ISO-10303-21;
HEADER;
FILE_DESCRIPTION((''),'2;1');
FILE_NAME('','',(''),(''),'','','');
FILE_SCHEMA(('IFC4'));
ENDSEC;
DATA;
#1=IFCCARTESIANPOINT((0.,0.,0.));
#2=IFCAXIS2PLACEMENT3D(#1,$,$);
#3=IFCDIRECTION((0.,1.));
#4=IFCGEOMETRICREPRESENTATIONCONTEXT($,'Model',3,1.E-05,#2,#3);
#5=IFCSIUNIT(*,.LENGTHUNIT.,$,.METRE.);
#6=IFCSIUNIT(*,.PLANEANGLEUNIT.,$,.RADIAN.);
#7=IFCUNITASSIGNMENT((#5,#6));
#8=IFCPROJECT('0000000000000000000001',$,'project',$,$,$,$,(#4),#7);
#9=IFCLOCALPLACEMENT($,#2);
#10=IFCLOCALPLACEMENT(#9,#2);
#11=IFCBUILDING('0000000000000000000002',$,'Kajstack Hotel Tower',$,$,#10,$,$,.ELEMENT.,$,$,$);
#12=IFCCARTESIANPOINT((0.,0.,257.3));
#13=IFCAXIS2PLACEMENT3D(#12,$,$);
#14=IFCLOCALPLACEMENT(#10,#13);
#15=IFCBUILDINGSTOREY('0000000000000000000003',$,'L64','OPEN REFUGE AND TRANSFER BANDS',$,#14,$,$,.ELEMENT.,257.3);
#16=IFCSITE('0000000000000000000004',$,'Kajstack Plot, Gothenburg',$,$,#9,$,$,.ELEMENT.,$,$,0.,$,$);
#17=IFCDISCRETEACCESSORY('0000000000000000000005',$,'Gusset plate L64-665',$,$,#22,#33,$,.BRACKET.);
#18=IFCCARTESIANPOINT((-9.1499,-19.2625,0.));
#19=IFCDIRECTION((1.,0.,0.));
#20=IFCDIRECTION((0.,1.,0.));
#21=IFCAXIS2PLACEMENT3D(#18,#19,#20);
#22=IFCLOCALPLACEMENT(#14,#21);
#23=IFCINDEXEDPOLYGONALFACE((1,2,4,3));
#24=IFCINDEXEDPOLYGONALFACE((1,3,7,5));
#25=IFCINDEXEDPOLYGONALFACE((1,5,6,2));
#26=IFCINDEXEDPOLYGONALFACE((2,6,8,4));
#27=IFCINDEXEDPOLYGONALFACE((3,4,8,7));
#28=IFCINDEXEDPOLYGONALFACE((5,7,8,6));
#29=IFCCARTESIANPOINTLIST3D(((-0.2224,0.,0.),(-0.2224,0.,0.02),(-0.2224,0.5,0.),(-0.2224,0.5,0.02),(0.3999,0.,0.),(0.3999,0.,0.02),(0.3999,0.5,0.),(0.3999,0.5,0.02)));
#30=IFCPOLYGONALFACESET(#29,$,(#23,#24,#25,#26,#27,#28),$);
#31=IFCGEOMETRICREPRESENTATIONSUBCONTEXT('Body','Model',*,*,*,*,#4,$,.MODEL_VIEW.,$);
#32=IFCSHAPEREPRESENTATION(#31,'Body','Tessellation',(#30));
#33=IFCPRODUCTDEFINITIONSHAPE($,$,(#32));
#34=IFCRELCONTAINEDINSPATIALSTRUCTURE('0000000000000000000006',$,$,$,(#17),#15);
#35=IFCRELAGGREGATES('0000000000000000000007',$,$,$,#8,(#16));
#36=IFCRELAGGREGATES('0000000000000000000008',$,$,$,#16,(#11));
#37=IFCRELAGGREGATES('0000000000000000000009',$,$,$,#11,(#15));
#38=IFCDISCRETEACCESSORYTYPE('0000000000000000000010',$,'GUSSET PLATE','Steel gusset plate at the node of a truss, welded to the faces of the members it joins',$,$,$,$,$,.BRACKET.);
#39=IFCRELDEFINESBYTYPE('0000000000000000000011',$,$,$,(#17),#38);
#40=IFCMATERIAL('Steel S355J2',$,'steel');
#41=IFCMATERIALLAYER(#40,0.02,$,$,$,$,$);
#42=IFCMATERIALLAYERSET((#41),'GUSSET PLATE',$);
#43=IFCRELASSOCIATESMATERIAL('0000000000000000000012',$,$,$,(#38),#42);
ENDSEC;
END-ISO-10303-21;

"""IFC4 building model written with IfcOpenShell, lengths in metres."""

from ifc_helpers import new_model, si_unit, direction, frame, origin, place, context, subcontext, project, spatial, polyline, outline, extrude, material, layer, layer_set, type_object, element, save


model = new_model("IFC4")

# Units and contexts
model_context = context("Model", 3, precision=1e-05, world=origin(), true_north=direction((0.0, 1.0)))
body_context = subcontext(model_context, "Body", "Model", "MODEL_VIEW")
ifc_project = project(units=[si_unit("LENGTHUNIT", "METRE"), si_unit("PLANEANGLEUNIT", "RADIAN")], contexts=[model_context])

# Site, building, storey
site_placement = place(None, origin())
site = spatial("IfcSite", under=ifc_project, at=site_placement, Name="Kajstack Plot, Gothenburg", CompositionType="ELEMENT", RefElevation=0.0)
building_placement = place(site_placement, origin())
building = spatial("IfcBuilding", under=site, at=building_placement, Name="Kajstack Hotel Tower", CompositionType="ELEMENT")
storey_placement = place(building_placement, frame((0.0, 0.0, 257.3)))
storey = spatial("IfcBuildingStorey", under=building, at=storey_placement, Name="L64", Description="OPEN REFUGE AND TRANSFER BANDS", CompositionType="ELEMENT", Elevation=257.3)

# Shared definitions
ifc_material_1 = material(Name="Steel S355J2", Category="steel")

# Discrete accessory
ifc_layer_1 = layer(ifc_material_1, 0.02)
ifc_layer_set_1 = layer_set([ifc_layer_1], Name="GUSSET PLATE")
discrete_accessory_type_1 = type_object("IfcDiscreteAccessoryType", Name="GUSSET PLATE", Description="Steel gusset plate at the node of a truss, welded to the faces of the members it joins", PredefinedType="BRACKET", material=ifc_layer_set_1)
discrete_accessory_1_placement = place(storey_placement, frame((-9.1499, -19.2625, 0.0), z_axis=(1.0, 0.0, 0.0), x_axis=(0.0, 1.0, 0.0)))
element("IfcDiscreteAccessory", 1, at=discrete_accessory_1_placement, inside=storey, type_object=discrete_accessory_type_1, Name="Gusset plate L64-665", PredefinedType="BRACKET", context=body_context, shape_type="SweptSolid", body=[
    extrude(outline(polyline([(0.3999, 0.5), (-0.2224, 0.5), (-0.2224, 0.0), (0.3999, 0.0), (0.3999, 0.5)])), origin(), (0.0, 0.0, 1.0), 0.02),
])

save(model, "model.ifc")
